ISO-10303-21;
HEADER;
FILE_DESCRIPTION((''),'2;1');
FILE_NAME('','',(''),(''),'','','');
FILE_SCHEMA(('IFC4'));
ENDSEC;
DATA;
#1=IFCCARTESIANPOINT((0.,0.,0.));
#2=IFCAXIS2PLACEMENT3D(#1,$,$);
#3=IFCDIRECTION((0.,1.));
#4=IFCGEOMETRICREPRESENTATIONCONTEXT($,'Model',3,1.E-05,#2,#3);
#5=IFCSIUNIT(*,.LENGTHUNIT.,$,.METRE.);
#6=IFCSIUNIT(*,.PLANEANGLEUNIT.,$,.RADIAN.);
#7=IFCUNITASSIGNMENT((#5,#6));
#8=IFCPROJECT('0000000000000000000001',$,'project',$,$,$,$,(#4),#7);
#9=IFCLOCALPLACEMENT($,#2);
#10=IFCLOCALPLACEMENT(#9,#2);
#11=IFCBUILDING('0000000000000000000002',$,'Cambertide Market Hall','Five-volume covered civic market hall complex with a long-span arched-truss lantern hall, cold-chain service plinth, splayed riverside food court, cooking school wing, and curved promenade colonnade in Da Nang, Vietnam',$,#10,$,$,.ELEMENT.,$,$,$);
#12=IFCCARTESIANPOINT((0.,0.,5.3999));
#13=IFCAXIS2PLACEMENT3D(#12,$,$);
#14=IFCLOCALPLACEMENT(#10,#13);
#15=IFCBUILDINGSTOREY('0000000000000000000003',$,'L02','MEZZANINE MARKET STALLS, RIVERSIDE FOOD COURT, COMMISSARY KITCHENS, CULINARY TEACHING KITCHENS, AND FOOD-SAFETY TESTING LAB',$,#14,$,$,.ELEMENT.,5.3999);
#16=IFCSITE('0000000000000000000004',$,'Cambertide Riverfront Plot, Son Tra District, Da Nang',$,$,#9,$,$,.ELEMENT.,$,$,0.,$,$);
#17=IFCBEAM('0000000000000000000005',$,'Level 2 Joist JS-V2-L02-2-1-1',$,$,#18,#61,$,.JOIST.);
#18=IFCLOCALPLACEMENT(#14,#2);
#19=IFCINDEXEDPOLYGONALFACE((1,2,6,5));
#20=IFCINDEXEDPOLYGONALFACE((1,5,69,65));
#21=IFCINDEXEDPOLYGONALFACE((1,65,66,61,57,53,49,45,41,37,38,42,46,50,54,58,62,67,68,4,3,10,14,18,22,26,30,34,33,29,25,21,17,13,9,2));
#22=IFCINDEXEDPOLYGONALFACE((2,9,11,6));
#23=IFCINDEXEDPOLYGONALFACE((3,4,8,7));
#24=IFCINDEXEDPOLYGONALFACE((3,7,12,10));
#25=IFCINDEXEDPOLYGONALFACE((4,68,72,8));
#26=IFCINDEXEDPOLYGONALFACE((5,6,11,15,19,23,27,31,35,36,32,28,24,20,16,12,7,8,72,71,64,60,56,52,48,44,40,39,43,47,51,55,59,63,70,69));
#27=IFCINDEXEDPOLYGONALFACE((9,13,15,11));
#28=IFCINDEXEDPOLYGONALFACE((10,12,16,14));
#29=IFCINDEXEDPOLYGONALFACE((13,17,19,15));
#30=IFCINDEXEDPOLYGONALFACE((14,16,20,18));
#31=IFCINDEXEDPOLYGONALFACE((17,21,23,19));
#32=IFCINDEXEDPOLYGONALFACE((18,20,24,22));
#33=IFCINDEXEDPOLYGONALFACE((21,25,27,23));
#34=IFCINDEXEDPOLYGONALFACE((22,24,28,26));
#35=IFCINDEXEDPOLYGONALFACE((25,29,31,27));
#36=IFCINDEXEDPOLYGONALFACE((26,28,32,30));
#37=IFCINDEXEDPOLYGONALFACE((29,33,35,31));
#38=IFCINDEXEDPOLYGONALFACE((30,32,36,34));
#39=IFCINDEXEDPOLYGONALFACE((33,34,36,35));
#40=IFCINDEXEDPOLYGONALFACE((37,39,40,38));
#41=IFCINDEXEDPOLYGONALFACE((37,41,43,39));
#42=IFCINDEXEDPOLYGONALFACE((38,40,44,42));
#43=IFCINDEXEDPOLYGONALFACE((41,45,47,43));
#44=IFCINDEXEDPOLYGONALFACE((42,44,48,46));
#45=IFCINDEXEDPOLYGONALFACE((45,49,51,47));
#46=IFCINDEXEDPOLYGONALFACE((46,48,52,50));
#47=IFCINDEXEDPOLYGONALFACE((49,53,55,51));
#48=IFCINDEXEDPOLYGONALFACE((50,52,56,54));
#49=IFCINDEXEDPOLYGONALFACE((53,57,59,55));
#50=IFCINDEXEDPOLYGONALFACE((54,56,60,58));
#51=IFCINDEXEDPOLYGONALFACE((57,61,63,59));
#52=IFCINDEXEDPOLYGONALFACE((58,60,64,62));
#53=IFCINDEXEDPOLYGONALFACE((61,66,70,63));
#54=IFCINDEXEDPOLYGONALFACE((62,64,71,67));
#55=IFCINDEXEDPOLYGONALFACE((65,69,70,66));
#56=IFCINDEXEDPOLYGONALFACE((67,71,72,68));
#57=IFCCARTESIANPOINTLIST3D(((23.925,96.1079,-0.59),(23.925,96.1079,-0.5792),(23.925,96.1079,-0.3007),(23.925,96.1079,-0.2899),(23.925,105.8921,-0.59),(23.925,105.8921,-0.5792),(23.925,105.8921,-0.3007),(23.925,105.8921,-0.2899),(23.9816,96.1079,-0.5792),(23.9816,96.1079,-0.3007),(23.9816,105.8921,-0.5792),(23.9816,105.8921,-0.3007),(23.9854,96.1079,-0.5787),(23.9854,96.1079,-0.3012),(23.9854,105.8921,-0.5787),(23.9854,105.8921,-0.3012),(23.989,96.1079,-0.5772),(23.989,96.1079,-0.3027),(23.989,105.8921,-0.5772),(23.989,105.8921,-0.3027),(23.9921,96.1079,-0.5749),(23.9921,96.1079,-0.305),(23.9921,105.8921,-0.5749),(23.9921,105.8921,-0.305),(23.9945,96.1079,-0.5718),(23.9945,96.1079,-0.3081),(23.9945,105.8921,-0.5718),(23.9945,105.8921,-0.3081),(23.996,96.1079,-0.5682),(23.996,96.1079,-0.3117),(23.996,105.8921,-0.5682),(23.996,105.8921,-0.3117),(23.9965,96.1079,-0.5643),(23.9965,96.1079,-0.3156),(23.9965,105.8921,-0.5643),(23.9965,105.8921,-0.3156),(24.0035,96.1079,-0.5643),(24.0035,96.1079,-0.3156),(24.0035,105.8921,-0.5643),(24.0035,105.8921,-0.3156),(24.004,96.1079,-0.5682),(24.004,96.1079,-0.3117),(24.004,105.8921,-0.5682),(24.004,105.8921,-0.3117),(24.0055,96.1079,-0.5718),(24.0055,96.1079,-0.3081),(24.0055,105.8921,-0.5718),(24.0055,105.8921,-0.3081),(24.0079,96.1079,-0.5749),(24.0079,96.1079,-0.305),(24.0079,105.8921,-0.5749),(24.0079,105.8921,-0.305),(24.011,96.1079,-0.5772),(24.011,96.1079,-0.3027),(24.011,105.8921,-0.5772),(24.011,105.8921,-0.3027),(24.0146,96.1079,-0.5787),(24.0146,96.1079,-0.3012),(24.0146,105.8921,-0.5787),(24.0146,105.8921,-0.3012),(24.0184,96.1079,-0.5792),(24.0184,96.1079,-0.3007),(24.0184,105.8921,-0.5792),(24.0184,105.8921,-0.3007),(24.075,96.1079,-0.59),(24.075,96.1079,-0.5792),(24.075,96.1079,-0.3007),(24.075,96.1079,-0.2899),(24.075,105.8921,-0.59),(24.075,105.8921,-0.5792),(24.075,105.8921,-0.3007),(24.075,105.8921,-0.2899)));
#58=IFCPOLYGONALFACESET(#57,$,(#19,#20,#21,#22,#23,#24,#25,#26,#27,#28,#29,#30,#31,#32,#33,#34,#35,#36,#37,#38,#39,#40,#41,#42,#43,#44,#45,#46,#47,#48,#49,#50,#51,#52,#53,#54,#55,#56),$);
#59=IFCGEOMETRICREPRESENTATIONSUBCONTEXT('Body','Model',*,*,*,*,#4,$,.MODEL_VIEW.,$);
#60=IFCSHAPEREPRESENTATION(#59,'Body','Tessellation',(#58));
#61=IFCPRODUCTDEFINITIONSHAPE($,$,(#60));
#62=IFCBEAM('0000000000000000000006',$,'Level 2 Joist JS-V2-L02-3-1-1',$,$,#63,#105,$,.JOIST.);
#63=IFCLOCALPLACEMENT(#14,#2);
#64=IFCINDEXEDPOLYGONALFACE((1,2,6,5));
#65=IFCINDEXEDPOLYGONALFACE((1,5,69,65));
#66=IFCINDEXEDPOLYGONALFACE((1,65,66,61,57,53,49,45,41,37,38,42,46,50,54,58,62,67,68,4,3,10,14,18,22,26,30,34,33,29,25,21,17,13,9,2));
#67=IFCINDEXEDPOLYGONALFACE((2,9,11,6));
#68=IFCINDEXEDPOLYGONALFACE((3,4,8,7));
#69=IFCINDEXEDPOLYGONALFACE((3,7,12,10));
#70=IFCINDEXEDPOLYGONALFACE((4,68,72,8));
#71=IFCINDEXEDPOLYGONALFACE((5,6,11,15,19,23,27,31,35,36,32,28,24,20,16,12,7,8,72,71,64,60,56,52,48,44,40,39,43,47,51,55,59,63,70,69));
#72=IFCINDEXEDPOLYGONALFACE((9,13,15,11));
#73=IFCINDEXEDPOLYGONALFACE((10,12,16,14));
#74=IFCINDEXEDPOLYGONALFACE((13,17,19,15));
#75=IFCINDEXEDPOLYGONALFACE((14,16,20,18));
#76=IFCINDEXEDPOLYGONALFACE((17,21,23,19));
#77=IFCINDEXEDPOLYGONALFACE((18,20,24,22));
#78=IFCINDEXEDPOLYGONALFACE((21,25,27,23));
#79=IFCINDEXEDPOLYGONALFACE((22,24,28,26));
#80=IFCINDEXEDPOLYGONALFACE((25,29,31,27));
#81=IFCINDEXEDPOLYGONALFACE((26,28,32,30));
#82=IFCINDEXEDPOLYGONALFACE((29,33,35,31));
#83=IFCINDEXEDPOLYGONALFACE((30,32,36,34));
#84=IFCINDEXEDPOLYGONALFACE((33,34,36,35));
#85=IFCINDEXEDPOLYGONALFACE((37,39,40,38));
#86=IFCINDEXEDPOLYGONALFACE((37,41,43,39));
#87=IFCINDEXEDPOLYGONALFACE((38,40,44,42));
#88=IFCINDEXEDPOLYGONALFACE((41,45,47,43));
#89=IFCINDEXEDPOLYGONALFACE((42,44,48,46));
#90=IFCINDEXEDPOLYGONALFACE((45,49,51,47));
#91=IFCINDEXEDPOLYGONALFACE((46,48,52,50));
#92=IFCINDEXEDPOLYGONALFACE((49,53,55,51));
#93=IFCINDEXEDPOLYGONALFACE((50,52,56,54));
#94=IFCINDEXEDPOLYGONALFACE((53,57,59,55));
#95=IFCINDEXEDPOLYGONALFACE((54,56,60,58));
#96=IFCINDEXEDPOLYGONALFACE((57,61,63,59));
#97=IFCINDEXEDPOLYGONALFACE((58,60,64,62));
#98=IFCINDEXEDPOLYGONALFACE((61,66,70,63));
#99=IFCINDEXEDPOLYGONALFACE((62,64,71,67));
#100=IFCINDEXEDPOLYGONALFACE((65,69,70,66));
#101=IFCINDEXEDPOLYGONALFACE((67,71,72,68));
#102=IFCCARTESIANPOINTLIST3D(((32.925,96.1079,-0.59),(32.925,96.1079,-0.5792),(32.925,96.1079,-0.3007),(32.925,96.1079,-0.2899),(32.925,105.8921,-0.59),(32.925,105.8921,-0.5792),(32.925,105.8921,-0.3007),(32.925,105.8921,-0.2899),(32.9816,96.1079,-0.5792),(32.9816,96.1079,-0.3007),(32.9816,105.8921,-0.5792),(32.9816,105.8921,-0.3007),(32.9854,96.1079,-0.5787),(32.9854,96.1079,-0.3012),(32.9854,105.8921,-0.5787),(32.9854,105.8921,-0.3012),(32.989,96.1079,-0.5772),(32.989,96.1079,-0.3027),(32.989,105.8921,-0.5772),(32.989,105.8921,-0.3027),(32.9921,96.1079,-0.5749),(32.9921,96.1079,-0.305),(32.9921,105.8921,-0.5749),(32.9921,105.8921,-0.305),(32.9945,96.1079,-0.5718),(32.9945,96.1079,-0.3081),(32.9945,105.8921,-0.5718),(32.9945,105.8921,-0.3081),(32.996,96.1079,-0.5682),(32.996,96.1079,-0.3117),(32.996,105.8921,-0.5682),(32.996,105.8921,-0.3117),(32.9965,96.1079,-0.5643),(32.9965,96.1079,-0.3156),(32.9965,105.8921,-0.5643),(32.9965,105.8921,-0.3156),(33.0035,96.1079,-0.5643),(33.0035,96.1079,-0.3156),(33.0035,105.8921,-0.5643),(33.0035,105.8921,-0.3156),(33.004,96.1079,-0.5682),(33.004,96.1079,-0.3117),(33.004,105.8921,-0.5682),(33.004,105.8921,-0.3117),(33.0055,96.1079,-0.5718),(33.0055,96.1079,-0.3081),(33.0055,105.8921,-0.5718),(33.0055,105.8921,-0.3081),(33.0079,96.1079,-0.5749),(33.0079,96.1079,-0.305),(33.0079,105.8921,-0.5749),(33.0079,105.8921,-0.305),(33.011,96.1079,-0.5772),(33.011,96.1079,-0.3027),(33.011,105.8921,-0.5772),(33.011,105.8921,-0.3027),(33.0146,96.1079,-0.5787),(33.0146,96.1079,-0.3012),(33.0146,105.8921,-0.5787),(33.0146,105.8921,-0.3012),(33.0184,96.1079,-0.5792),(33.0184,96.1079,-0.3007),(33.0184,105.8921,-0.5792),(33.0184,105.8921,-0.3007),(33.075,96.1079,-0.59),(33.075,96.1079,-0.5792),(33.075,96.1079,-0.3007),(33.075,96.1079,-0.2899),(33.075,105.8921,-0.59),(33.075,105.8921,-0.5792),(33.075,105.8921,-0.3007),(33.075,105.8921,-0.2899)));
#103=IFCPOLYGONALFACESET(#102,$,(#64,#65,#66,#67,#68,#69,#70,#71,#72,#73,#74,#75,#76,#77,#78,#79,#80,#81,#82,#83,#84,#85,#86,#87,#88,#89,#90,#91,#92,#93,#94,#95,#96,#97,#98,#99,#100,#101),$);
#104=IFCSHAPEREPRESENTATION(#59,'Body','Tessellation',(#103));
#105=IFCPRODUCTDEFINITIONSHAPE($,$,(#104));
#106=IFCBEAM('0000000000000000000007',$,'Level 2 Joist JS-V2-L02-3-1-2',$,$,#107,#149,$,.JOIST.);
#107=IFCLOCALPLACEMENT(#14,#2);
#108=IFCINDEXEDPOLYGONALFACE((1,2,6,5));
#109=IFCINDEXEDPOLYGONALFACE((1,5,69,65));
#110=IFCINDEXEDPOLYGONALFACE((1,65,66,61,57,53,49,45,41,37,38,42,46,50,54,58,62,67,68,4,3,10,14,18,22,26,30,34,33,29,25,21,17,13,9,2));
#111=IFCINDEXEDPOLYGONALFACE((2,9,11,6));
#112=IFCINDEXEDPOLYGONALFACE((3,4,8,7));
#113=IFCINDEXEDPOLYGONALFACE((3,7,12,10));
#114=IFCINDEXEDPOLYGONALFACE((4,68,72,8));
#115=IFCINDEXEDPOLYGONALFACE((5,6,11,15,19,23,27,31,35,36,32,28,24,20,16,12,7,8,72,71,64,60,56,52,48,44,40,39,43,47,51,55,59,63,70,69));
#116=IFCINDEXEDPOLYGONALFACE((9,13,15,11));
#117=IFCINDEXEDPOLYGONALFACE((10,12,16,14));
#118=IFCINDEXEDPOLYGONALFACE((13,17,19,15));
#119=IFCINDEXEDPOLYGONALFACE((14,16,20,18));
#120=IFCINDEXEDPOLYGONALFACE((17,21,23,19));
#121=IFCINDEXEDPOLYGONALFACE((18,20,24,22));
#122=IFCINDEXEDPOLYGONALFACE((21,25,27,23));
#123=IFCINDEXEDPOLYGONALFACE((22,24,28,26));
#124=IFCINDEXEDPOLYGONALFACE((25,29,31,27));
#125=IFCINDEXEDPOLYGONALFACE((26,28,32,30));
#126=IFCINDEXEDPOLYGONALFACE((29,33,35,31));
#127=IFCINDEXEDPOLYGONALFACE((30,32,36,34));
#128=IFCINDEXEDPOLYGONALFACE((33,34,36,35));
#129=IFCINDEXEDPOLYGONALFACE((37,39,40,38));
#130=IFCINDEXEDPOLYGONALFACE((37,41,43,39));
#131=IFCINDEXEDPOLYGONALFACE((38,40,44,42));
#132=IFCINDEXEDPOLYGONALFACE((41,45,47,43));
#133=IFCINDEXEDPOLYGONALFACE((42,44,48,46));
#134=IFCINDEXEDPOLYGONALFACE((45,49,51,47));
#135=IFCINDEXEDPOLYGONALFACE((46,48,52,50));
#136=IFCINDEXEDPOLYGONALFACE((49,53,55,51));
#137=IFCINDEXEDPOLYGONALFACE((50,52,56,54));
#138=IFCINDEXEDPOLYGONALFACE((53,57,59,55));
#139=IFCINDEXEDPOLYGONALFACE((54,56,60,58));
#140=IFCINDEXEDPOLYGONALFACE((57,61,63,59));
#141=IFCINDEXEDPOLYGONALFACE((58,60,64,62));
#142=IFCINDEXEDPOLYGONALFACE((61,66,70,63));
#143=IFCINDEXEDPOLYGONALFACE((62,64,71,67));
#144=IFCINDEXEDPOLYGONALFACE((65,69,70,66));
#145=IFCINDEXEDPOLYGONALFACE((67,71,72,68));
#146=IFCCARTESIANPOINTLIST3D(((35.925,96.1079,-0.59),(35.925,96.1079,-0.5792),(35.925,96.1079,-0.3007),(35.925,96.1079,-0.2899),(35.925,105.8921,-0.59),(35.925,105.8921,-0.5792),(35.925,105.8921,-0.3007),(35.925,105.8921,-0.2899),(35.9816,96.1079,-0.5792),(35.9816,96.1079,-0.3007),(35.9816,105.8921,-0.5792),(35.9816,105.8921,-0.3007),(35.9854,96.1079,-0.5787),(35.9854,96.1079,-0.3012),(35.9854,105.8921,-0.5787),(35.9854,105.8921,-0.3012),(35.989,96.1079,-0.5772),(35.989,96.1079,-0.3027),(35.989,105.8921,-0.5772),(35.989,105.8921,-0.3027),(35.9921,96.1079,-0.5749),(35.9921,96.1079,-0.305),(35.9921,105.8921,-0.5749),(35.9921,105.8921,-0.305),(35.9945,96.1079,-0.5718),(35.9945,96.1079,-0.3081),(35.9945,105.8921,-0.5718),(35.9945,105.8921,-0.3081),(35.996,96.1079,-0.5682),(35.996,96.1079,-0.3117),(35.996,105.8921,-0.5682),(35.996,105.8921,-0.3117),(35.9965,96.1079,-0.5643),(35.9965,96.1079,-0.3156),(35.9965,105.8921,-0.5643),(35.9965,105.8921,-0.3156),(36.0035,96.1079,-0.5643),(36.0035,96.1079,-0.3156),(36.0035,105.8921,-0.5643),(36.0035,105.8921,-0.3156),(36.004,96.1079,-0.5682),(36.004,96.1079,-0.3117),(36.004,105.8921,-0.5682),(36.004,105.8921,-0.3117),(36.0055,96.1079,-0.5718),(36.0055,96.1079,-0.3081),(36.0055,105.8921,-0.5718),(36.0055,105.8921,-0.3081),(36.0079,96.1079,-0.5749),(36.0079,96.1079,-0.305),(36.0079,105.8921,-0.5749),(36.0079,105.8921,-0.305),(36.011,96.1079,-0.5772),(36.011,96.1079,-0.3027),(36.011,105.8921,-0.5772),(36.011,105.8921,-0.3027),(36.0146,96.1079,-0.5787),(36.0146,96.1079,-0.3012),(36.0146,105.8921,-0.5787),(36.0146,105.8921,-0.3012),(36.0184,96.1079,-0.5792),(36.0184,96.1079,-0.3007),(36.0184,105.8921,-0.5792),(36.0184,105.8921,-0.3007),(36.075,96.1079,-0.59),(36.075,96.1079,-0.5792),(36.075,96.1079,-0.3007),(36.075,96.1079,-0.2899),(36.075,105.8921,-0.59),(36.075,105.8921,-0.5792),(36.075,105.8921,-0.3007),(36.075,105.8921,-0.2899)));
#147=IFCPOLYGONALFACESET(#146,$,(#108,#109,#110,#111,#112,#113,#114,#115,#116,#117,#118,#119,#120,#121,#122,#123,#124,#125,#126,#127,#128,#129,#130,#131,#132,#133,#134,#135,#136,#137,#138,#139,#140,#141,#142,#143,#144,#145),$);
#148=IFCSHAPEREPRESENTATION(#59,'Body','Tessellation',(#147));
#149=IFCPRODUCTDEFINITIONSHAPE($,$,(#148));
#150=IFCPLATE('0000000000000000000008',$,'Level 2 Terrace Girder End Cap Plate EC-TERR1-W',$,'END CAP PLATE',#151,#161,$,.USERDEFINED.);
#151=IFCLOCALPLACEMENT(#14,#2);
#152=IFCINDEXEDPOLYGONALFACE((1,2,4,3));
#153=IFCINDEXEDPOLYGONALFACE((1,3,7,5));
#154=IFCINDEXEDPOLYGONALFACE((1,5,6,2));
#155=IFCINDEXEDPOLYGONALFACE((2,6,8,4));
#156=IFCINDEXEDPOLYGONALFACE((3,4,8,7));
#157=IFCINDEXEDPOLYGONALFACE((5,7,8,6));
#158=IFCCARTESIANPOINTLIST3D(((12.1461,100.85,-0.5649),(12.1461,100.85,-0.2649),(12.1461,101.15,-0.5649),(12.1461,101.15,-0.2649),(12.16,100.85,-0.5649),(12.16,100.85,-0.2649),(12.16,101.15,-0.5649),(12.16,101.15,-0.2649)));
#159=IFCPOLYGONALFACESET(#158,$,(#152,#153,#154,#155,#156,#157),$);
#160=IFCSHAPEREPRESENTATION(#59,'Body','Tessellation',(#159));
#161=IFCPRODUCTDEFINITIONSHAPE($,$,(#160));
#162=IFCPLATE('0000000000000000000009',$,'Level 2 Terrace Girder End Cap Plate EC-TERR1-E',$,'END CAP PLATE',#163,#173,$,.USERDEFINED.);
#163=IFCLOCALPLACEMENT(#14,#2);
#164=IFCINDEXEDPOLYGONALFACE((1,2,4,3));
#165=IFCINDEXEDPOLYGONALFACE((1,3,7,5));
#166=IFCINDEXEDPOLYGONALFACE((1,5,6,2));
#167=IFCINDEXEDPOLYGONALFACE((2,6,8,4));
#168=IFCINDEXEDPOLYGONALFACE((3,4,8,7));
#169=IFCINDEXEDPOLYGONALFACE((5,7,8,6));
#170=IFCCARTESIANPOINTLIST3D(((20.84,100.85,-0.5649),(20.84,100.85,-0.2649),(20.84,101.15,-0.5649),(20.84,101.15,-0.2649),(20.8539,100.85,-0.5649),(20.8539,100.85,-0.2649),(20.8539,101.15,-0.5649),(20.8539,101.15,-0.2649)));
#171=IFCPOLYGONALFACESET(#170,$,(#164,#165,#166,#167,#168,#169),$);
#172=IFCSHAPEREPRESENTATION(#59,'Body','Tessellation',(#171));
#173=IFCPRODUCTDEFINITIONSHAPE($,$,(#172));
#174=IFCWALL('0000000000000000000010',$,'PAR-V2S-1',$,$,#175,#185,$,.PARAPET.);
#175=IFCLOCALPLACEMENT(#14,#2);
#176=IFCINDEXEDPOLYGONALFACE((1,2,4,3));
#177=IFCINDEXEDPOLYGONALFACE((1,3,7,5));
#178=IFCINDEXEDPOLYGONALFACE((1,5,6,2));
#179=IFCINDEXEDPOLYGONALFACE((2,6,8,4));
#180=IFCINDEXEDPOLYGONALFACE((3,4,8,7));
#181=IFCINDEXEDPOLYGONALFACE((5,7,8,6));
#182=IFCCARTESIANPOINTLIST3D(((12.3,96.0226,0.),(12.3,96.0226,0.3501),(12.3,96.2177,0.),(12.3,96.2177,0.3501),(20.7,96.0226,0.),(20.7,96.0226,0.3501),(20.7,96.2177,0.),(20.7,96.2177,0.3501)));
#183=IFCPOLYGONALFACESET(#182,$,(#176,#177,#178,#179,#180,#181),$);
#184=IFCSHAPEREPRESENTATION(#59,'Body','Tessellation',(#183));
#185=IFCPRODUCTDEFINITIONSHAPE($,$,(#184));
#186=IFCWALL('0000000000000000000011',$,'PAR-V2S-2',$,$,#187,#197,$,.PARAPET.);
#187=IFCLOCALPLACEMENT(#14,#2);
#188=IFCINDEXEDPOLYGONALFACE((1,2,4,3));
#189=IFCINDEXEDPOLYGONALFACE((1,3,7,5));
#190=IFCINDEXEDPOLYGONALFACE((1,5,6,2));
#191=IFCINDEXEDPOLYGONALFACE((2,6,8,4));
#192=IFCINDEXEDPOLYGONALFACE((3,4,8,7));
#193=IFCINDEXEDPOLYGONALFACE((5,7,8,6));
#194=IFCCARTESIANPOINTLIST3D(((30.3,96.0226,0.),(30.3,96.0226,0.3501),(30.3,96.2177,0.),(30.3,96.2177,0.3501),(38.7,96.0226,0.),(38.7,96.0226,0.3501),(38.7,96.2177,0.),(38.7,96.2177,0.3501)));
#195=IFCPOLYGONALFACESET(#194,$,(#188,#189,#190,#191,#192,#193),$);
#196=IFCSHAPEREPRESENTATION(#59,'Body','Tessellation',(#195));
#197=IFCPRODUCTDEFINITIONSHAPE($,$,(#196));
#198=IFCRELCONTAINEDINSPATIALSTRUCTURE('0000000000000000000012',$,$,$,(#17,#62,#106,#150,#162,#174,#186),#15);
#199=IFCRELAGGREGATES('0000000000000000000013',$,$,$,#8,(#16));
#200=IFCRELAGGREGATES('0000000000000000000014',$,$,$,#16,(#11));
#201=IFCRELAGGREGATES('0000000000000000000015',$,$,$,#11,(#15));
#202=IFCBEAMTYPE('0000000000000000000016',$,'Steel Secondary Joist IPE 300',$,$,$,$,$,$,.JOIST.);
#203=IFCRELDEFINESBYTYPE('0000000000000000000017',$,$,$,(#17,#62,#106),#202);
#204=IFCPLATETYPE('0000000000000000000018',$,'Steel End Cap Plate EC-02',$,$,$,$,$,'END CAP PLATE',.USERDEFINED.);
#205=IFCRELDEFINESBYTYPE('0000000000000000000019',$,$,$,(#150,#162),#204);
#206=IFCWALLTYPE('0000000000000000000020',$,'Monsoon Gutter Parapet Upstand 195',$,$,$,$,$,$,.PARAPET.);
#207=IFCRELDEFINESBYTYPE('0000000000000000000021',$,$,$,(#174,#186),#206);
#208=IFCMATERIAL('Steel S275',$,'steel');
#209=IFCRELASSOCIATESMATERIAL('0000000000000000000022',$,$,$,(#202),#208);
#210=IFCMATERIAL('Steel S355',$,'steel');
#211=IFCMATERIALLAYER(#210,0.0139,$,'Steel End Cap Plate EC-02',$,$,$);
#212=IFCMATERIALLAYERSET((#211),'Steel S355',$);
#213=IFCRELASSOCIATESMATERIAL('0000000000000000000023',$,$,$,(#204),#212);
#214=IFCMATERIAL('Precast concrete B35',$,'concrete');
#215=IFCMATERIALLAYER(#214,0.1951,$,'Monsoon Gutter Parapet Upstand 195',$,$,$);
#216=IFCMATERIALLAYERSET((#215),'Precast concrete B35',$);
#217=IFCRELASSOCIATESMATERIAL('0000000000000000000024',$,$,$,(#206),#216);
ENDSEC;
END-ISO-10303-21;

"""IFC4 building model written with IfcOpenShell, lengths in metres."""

from ifc_helpers import new_model, si_unit, direction, frame, frame_2d, origin, origin_2d, place, context, subcontext, project, spatial, rectangle, i_section, extrude, material, layer, layer_set, material_profile, profile_set, type_object, element, save


model = new_model("IFC4")

# Units and contexts
model_context = context("Model", 3, precision=1e-05, world=origin(), true_north=direction((0.0, 1.0)))
body_context = subcontext(model_context, "Body", "Model", "MODEL_VIEW")
ifc_project = project(units=[si_unit("LENGTHUNIT", "METRE"), si_unit("PLANEANGLEUNIT", "RADIAN")], contexts=[model_context])

# Site, building, storey
site_placement = place(None, origin())
site = spatial("IfcSite", under=ifc_project, at=site_placement, Name="Cambertide Riverfront Plot, Son Tra District, Da Nang", CompositionType="ELEMENT", RefElevation=0.0)
building_placement = place(site_placement, origin())
building = spatial("IfcBuilding", under=site, at=building_placement, Name="Cambertide Market Hall", Description="Five-volume covered civic market hall complex with a long-span arched-truss lantern hall, cold-chain service plinth, splayed riverside food court, cooking school wing, and curved promenade colonnade in Da Nang, Vietnam", CompositionType="ELEMENT")
storey_placement = place(building_placement, frame((0.0, 0.0, 5.3999)))
storey = spatial("IfcBuildingStorey", under=building, at=storey_placement, Name="L02", Description="MEZZANINE MARKET STALLS, RIVERSIDE FOOD COURT, COMMISSARY KITCHENS, CULINARY TEACHING KITCHENS, AND FOOD-SAFETY TESTING LAB", CompositionType="ELEMENT", Elevation=5.3999)

# Beams
ifc_material_1 = material(Name="Steel S275", Category="steel")
ifc_material_profile_1 = material_profile(ifc_material_1, i_section(OverallWidth=0.1499, OverallDepth=0.3, WebThickness=0.0071, FlangeThickness=0.0107, FilletRadius=0.0149, at=origin_2d()), Name="IPE 300")
ifc_profile_set_1 = profile_set([ifc_material_profile_1], Name="Steel S275")
beam_type_1 = type_object("IfcBeamType", Name="Steel Secondary Joist IPE 300", PredefinedType="JOIST", material=ifc_profile_set_1)
for number, where, z_axis, x_axis, name in (
    (1, (24.0, 96.1079, -0.4399), (0.0, 1.0, 0.0), (-1.0, 0.0, 0.0), "Level 2 Joist JS-V2-L02-2-1-1"),
    (2, (33.0, 96.1079, -0.4399), (0.0, 1.0, 0.0), (-1.0, 0.0, 0.0), "Level 2 Joist JS-V2-L02-3-1-1"),
    (3, (36.0, 96.1079, -0.4399), (0.0, 1.0, 0.0), (-1.0, 0.0, 0.0), "Level 2 Joist JS-V2-L02-3-1-2"),
):
    element("IfcBeam", number, at=place(storey_placement, frame(where, z_axis=z_axis, x_axis=x_axis)), inside=storey, type_object=beam_type_1, Name=name, PredefinedType="JOIST", context=body_context, shape_type="SweptSolid", body=[
        extrude(i_section(OverallWidth=0.1499, OverallDepth=0.3, WebThickness=0.0071, FlangeThickness=0.0107, FilletRadius=0.0149, at=origin_2d()), origin(), (0.0, 0.0, 1.0), 9.7842),
    ])

# Plates
ifc_material_2 = material(Name="Steel S355", Category="steel")
ifc_layer_1 = layer(ifc_material_2, 0.0139, Name="Steel End Cap Plate EC-02")
ifc_layer_set_1 = layer_set([ifc_layer_1], Name="Steel S355")
plate_type = type_object("IfcPlateType", Name="Steel End Cap Plate EC-02", ElementType="END CAP PLATE", PredefinedType="USERDEFINED", material=ifc_layer_set_1)
for number, where, z_axis, x_axis, name in (
    (4, (12.1531, 101.0, -0.5649), (0.0, 0.0, 1.0), (1.0, 0.0, 0.0), "Level 2 Terrace Girder End Cap Plate EC-TERR1-W"),
    (5, (20.8469, 101.0, -0.5649), (0.0, 0.0, 1.0), (1.0, 0.0, 0.0), "Level 2 Terrace Girder End Cap Plate EC-TERR1-E"),
):
    element("IfcPlate", number, at=place(storey_placement, frame(where, z_axis=z_axis, x_axis=x_axis)), inside=storey, type_object=plate_type, Name=name, ObjectType="END CAP PLATE", PredefinedType="USERDEFINED", context=body_context, shape_type="SweptSolid", body=[
        extrude(rectangle(XDim=0.0139, YDim=0.3, at=origin_2d()), origin(), (0.0, 0.0, 1.0), 0.3),
    ])

# Walls
ifc_material_3 = material(Name="Precast concrete B35", Category="concrete")
ifc_layer_2 = layer(ifc_material_3, 0.1951, Name="Monsoon Gutter Parapet Upstand 195")
ifc_layer_set_2 = layer_set([ifc_layer_2], Name="Precast concrete B35")
wall_type_1 = type_object("IfcWallType", Name="Monsoon Gutter Parapet Upstand 195", PredefinedType="PARAPET", material=ifc_layer_set_2)
for number, where, z_axis, x_axis, name in (
    (6, (20.7, 96.1201, 0.0), (0.0, 0.0, 1.0), (-1.0, 0.0, 0.0), "PAR-V2S-1"),
    (7, (38.7, 96.1201, 0.0), (0.0, 0.0, 1.0), (-1.0, 0.0, 0.0), "PAR-V2S-2"),
):
    element("IfcWall", number, at=place(storey_placement, frame(where, z_axis=z_axis, x_axis=x_axis)), inside=storey, type_object=wall_type_1, Name=name, PredefinedType="PARAPET", context=body_context, shape_type="SweptSolid", body=[
        extrude(rectangle(XDim=8.3999, YDim=0.1951, at=frame_2d((4.2, 0.0))), origin(), (0.0, 0.0, 1.0), 0.3501),
    ])

save(model, "model.ifc")
